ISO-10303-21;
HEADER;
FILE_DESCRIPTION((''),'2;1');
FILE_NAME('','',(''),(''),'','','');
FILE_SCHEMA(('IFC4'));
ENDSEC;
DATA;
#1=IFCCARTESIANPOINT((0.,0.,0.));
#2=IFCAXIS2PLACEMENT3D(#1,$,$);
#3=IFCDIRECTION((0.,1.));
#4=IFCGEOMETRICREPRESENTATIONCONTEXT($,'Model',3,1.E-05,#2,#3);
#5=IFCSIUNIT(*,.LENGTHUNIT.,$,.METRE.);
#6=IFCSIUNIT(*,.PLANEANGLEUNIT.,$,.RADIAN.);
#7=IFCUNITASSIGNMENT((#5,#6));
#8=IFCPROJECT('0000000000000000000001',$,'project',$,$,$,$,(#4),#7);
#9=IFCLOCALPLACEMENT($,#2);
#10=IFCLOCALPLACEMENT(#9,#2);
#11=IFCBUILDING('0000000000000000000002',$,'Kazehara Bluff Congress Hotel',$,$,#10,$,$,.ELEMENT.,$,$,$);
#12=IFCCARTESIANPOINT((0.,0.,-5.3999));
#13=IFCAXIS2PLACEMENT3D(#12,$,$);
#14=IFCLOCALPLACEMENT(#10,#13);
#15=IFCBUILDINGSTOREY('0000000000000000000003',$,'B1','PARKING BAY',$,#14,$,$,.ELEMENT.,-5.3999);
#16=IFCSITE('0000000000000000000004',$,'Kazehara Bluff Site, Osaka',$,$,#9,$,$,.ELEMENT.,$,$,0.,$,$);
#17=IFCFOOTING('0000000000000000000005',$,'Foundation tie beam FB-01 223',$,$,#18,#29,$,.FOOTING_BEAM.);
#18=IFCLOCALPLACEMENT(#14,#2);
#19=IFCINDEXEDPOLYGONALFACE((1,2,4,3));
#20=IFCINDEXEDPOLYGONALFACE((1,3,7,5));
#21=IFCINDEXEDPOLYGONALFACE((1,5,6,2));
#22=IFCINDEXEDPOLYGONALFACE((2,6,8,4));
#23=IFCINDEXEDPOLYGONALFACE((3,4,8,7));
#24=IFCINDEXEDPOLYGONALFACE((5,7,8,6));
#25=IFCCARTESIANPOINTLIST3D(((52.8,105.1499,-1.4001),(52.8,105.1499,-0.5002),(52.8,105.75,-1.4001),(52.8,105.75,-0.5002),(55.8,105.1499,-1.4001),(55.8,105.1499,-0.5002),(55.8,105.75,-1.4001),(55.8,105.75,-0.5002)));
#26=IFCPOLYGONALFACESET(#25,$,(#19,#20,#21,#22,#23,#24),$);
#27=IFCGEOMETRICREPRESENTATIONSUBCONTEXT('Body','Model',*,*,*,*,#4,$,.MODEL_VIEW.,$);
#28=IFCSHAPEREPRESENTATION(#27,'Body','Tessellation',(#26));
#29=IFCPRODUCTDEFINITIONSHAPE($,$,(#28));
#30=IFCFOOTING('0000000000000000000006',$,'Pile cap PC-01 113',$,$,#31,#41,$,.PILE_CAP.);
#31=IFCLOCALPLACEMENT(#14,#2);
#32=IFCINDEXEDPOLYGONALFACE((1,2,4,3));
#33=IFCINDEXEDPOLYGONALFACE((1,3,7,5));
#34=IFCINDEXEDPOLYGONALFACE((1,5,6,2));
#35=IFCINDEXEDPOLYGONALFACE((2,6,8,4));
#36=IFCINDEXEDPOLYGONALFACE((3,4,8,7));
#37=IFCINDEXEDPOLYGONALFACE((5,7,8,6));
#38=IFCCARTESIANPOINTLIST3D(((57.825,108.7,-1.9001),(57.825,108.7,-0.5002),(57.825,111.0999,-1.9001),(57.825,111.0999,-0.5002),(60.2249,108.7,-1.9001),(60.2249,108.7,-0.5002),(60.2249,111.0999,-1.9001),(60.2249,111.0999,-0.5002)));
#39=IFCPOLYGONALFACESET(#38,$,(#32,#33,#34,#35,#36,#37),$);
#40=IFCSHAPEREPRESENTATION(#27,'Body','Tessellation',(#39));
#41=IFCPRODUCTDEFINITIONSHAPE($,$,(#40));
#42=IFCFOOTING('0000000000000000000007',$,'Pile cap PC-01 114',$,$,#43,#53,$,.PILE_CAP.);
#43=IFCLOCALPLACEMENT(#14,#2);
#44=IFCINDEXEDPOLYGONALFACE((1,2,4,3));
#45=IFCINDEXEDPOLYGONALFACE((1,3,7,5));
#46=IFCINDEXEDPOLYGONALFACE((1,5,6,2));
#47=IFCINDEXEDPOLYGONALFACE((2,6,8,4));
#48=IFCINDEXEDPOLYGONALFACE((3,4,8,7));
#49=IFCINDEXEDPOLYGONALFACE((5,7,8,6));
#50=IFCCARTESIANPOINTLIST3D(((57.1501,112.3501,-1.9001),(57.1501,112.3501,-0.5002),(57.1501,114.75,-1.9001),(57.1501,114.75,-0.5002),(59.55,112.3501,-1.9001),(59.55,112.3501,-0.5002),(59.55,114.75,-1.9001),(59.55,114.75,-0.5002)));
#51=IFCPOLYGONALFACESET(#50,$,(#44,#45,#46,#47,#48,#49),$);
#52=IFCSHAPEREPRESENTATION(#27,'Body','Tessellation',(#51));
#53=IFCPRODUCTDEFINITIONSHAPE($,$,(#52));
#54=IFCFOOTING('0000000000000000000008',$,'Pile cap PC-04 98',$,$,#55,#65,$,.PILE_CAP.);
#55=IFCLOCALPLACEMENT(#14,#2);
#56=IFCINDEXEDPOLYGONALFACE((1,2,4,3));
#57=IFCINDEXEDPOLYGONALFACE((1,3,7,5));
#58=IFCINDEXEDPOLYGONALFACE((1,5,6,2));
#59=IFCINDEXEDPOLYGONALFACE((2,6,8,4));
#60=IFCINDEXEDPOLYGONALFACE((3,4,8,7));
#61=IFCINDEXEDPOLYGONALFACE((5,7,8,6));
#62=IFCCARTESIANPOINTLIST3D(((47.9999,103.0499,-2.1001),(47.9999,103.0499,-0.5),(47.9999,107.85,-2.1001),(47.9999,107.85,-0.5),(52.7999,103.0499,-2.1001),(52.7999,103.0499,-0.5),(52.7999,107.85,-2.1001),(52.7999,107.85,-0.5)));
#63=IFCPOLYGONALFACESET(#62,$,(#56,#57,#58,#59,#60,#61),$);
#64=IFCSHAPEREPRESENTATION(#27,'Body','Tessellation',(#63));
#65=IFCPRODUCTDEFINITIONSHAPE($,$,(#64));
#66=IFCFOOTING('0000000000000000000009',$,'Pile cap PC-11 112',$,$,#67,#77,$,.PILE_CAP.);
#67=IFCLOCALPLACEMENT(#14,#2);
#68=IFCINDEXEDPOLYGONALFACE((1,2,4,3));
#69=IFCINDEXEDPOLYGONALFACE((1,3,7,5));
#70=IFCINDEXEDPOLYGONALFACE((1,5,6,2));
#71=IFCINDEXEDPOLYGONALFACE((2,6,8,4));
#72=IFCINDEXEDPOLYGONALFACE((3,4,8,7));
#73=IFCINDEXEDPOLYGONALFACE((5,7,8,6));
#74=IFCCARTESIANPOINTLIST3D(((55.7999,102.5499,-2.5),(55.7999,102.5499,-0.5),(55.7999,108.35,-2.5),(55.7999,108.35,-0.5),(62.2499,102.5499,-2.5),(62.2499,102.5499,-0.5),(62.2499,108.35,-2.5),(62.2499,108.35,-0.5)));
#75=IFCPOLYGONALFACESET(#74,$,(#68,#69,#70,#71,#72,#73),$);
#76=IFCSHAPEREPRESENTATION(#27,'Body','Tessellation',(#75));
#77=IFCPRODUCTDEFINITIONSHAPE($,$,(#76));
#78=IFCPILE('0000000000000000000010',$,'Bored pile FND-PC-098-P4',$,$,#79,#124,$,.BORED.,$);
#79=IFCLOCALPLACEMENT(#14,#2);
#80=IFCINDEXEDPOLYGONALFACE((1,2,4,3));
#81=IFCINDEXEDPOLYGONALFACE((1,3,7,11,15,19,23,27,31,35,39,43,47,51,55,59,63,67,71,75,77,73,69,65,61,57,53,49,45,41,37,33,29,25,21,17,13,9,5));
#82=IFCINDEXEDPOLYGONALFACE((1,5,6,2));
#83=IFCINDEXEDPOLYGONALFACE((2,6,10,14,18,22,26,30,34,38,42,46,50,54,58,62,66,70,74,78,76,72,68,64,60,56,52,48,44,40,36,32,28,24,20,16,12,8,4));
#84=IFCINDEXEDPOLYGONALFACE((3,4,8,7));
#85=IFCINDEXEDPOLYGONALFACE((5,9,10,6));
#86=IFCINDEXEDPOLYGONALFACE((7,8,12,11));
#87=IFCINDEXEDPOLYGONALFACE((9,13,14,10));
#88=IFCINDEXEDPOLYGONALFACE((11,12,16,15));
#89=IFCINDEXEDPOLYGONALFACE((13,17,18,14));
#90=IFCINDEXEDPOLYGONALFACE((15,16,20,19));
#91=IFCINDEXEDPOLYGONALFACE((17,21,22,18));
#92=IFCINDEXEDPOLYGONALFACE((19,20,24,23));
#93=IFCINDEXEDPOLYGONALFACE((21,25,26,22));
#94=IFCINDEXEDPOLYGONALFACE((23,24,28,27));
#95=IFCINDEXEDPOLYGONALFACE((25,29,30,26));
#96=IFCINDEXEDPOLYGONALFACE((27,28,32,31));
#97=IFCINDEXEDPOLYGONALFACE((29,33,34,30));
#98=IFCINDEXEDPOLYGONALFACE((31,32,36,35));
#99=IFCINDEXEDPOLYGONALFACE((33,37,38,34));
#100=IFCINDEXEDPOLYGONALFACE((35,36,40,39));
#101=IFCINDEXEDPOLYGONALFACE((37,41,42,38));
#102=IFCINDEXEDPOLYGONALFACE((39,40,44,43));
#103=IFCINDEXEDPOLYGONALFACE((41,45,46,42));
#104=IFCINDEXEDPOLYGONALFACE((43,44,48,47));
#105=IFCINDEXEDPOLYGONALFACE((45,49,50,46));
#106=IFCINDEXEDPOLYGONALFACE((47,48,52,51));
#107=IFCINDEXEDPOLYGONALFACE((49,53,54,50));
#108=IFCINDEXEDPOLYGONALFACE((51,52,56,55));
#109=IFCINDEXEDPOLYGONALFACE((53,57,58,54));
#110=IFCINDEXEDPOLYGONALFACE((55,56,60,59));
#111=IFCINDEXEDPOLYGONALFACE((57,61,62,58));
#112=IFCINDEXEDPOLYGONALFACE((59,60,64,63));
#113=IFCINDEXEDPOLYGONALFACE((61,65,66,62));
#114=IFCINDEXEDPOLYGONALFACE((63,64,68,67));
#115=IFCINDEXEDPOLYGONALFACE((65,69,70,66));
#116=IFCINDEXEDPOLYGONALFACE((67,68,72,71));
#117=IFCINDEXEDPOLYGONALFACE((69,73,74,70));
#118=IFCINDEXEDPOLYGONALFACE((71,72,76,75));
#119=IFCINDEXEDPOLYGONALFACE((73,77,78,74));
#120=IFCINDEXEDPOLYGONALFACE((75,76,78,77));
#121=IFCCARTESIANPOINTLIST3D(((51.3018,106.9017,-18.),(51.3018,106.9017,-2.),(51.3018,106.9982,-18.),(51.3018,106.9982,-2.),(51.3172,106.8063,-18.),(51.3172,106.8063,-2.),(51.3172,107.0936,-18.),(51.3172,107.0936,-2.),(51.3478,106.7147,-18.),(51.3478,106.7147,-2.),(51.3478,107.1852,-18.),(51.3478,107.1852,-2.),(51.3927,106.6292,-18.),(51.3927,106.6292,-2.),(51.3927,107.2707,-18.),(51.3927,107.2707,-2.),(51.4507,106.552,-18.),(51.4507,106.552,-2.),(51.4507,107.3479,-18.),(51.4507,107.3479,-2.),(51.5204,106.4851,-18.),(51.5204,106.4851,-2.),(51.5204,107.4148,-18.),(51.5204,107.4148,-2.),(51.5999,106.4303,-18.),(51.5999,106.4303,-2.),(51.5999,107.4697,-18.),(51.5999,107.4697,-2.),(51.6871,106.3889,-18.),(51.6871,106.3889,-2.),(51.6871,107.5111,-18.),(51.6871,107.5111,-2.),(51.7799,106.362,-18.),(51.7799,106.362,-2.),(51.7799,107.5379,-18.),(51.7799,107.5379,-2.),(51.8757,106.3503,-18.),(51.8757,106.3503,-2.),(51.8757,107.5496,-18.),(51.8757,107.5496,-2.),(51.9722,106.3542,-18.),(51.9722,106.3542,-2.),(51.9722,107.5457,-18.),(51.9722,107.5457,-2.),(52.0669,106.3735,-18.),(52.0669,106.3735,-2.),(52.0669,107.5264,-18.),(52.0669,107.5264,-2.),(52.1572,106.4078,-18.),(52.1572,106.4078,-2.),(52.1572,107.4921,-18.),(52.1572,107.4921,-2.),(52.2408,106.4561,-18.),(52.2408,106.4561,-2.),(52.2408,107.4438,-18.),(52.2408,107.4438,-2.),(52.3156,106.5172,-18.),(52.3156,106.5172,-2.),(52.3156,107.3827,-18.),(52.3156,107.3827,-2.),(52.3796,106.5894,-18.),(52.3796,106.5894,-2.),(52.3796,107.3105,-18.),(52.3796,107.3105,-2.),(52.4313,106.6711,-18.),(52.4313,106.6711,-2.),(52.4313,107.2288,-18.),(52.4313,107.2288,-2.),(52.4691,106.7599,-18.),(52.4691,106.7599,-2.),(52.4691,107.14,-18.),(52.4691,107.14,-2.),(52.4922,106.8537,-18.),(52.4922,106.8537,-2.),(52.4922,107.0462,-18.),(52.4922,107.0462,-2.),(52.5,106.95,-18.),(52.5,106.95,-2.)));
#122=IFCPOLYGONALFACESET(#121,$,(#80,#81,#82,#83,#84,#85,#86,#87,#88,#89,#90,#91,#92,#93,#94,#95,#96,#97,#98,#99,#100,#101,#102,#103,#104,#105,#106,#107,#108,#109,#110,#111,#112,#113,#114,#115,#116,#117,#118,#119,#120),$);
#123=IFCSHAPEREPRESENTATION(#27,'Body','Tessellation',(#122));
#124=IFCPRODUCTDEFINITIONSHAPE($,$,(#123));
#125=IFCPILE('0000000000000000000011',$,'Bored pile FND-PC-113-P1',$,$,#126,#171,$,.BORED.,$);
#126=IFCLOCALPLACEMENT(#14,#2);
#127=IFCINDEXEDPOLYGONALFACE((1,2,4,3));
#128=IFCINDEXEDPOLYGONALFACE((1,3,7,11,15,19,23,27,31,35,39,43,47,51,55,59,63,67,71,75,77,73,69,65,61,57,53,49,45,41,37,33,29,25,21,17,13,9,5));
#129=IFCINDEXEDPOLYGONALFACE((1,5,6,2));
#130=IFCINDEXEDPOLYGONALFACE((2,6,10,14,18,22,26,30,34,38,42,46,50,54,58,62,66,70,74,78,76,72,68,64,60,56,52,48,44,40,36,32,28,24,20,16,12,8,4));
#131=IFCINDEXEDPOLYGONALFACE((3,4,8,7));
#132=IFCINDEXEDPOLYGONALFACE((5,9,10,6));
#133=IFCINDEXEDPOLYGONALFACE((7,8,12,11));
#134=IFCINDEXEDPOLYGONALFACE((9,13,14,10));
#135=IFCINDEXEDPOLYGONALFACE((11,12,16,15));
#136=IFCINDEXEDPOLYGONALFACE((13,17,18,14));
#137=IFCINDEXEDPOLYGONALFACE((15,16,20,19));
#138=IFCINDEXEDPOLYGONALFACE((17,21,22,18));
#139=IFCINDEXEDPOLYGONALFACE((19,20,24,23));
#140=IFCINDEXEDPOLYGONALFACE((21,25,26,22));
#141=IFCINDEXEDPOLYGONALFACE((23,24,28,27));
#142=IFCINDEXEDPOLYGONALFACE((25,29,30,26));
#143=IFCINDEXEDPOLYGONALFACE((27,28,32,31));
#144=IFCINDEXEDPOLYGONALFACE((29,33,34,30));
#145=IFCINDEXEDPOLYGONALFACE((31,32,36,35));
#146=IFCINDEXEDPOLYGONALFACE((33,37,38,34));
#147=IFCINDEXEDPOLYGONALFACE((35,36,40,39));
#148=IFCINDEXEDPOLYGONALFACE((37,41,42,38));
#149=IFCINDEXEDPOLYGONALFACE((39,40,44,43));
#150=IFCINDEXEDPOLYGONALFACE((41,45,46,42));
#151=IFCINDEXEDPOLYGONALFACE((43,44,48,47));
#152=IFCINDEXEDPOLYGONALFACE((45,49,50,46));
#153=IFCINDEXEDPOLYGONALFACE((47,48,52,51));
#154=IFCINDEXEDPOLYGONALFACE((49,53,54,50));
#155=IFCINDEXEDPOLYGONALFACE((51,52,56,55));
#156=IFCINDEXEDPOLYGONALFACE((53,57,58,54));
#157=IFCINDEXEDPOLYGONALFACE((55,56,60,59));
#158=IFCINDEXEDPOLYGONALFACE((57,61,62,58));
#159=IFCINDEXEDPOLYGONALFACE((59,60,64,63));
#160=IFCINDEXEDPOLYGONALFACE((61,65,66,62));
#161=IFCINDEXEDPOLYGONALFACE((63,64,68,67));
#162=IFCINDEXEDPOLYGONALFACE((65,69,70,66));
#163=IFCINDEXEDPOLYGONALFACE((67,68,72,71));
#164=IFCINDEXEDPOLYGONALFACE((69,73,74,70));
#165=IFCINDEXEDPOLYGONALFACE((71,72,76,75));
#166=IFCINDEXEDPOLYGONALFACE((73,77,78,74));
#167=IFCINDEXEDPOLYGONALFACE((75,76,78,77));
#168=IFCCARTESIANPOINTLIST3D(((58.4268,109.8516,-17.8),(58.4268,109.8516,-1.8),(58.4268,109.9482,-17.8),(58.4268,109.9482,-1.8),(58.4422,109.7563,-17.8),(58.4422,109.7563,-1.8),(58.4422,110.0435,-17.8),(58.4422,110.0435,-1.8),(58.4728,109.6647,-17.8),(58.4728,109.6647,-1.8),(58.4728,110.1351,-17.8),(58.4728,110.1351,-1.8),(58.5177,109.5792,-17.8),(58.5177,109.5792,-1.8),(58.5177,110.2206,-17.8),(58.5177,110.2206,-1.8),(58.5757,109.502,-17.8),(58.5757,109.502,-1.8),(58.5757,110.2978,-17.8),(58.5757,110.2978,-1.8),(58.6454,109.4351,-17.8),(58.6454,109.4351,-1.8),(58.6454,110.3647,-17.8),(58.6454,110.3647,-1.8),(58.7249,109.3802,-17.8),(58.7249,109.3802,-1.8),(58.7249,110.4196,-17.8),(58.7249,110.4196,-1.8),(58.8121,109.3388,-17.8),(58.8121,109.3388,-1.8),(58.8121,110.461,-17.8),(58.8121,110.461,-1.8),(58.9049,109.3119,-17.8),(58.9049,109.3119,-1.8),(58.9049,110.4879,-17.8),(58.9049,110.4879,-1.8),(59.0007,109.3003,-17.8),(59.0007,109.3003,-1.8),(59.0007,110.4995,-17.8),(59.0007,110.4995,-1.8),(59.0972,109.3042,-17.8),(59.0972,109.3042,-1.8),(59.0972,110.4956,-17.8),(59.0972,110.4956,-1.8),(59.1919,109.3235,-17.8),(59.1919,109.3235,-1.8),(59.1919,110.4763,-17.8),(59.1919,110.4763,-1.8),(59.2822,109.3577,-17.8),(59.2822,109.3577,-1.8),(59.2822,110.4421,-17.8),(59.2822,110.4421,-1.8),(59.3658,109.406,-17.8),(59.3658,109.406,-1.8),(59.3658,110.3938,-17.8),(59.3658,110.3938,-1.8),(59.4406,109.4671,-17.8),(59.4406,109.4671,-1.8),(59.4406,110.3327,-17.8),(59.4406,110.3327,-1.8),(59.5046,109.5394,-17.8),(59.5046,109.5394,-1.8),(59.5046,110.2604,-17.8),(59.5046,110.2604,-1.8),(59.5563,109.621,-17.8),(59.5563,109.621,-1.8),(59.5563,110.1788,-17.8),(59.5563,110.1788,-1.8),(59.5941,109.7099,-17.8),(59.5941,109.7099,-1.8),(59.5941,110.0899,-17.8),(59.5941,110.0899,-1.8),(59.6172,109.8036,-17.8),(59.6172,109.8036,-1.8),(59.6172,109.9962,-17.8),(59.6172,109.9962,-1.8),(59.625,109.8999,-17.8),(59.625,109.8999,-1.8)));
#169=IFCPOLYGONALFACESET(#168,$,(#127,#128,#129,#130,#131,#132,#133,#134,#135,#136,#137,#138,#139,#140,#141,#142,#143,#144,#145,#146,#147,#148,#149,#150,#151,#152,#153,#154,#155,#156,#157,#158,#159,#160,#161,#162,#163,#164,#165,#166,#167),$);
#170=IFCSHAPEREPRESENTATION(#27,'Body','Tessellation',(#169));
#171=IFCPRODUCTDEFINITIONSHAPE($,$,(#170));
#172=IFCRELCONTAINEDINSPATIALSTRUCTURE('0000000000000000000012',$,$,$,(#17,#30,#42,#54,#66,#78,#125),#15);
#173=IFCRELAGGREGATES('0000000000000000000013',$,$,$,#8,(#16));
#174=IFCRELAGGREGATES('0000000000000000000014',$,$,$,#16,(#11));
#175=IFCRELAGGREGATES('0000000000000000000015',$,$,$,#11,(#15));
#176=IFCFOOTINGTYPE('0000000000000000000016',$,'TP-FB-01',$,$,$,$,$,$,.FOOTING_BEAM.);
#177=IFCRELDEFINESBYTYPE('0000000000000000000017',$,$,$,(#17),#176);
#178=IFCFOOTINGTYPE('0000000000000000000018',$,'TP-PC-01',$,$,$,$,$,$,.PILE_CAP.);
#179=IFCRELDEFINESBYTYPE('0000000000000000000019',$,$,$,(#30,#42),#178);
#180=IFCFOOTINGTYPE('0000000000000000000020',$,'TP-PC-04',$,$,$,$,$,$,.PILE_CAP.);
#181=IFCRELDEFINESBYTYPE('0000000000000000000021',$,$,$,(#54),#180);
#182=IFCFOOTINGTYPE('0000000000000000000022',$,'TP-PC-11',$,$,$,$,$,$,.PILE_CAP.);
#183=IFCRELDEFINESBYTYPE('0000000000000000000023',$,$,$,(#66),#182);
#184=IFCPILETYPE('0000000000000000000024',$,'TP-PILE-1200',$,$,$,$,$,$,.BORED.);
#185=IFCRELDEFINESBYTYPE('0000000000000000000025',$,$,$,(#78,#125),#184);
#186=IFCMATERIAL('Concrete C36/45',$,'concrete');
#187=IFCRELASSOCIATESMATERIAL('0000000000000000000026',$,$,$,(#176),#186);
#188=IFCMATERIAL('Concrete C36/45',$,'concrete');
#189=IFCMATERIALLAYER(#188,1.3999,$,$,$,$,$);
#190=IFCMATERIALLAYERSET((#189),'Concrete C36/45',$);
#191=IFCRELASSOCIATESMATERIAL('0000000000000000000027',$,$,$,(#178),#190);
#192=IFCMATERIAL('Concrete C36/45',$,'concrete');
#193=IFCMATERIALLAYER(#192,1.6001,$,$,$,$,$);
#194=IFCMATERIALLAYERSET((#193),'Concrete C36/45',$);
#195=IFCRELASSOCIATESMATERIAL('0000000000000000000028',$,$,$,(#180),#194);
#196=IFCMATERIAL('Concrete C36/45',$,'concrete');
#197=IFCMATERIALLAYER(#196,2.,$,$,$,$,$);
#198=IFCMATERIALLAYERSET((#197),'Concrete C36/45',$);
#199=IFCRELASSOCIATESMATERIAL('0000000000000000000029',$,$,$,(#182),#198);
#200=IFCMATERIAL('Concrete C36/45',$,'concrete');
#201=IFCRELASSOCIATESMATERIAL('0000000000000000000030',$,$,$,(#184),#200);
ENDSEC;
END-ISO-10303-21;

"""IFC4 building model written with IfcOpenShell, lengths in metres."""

from ifc_helpers import new_model, si_unit, direction, frame, origin, origin_2d, place, context, subcontext, project, spatial, rectangle, circle, extrude, material, layer, layer_set, material_profile, profile_set, type_object, element, save


model = new_model("IFC4")

# Units and contexts
model_context = context("Model", 3, precision=1e-05, world=origin(), true_north=direction((0.0, 1.0)))
body_context = subcontext(model_context, "Body", "Model", "MODEL_VIEW")
ifc_project = project(units=[si_unit("LENGTHUNIT", "METRE"), si_unit("PLANEANGLEUNIT", "RADIAN")], contexts=[model_context])

# Site, building, storey
site_placement = place(None, origin())
site = spatial("IfcSite", under=ifc_project, at=site_placement, Name="Kazehara Bluff Site, Osaka", CompositionType="ELEMENT", RefElevation=0.0)
building_placement = place(site_placement, origin())
building = spatial("IfcBuilding", under=site, at=building_placement, Name="Kazehara Bluff Congress Hotel", CompositionType="ELEMENT")
storey_placement = place(building_placement, frame((0.0, 0.0, -5.3999)))
storey = spatial("IfcBuildingStorey", under=building, at=storey_placement, Name="B1", Description="PARKING BAY", CompositionType="ELEMENT", Elevation=-5.3999)

# Footings
ifc_material_1 = material(Name="Concrete C36/45", Category="concrete")
ifc_material_profile_1 = material_profile(ifc_material_1, rectangle(XDim=0.6001, YDim=0.8999, at=origin_2d()))
ifc_profile_set_1 = profile_set([ifc_material_profile_1], Name="Concrete C36/45")
footing_type_1 = type_object("IfcFootingType", Name="TP-FB-01", PredefinedType="FOOTING_BEAM", material=ifc_profile_set_1)
footing_1_placement = place(storey_placement, frame((52.8, 105.45, -0.9502), z_axis=(1.0, 0.0, 0.0), x_axis=(0.0, 1.0, 0.0)))
element("IfcFooting", 1, at=footing_1_placement, inside=storey, type_object=footing_type_1, Name="Foundation tie beam FB-01 223", PredefinedType="FOOTING_BEAM", context=body_context, shape_type="SweptSolid", body=[
    extrude(rectangle(XDim=0.6001, YDim=0.8999, at=origin_2d()), origin(), (0.0, 0.0, 1.0), 3.0),
])
ifc_material_2 = material(Name="Concrete C36/45", Category="concrete")
ifc_layer_1 = layer(ifc_material_2, 1.3999)
ifc_layer_set_1 = layer_set([ifc_layer_1], Name="Concrete C36/45")
footing_type_2 = type_object("IfcFootingType", Name="TP-PC-01", PredefinedType="PILE_CAP", material=ifc_layer_set_1)
for number, where, z_axis, x_axis, name in (
    (2, (59.0249, 109.8999, -1.9001), (0.0, 0.0, 1.0), (1.0, 0.0, 0.0), "Pile cap PC-01 113"),
    (3, (58.3501, 113.55, -1.9001), (0.0, 0.0, 1.0), (1.0, 0.0, 0.0), "Pile cap PC-01 114"),
):
    element("IfcFooting", number, at=place(storey_placement, frame(where, z_axis=z_axis, x_axis=x_axis)), inside=storey, type_object=footing_type_2, Name=name, PredefinedType="PILE_CAP", context=body_context, shape_type="SweptSolid", body=[
        extrude(rectangle(XDim=2.3999, YDim=2.3999, at=origin_2d()), origin(), (0.0, 0.0, 1.0), 1.3999),
    ])
ifc_material_3 = material(Name="Concrete C36/45", Category="concrete")
ifc_layer_2 = layer(ifc_material_3, 1.6001)
ifc_layer_set_2 = layer_set([ifc_layer_2], Name="Concrete C36/45")
footing_type_3 = type_object("IfcFootingType", Name="TP-PC-04", PredefinedType="PILE_CAP", material=ifc_layer_set_2)
footing_2_placement = place(storey_placement, frame((50.3999, 105.45, -2.1001), z_axis=(0.0, 0.0, 1.0), x_axis=(1.0, 0.0, 0.0)))
element("IfcFooting", 4, at=footing_2_placement, inside=storey, type_object=footing_type_3, Name="Pile cap PC-04 98", PredefinedType="PILE_CAP", context=body_context, shape_type="SweptSolid", body=[
    extrude(rectangle(XDim=4.8, YDim=4.8, at=origin_2d()), origin(), (0.0, 0.0, 1.0), 1.6001),
])
ifc_material_4 = material(Name="Concrete C36/45", Category="concrete")
ifc_layer_3 = layer(ifc_material_4, 2.0)
ifc_layer_set_3 = layer_set([ifc_layer_3], Name="Concrete C36/45")
footing_type_4 = type_object("IfcFootingType", Name="TP-PC-11", PredefinedType="PILE_CAP", material=ifc_layer_set_3)
footing_3_placement = place(storey_placement, frame((59.0249, 105.45, -2.5), z_axis=(0.0, 0.0, 1.0), x_axis=(1.0, 0.0, 0.0)))
element("IfcFooting", 5, at=footing_3_placement, inside=storey, type_object=footing_type_4, Name="Pile cap PC-11 112", PredefinedType="PILE_CAP", context=body_context, shape_type="SweptSolid", body=[
    extrude(rectangle(XDim=6.45, YDim=5.8, at=origin_2d()), origin(), (0.0, 0.0, 1.0), 2.0),
])

# Piles
ifc_material_5 = material(Name="Concrete C36/45", Category="concrete")
ifc_material_profile_2 = material_profile(ifc_material_5, circle(Radius=0.6001, at=origin_2d()))
ifc_profile_set_2 = profile_set([ifc_material_profile_2], Name="Concrete C36/45")
pile_type_1 = type_object("IfcPileType", Name="TP-PILE-1200", PredefinedType="BORED", material=ifc_profile_set_2)
for number, where, z_axis, x_axis, name in (
    (6, (51.8999, 106.95, -2.0), (0.0, 0.0, -1.0), (1.0, 0.0, 0.0), "Bored pile FND-PC-098-P4"),
    (7, (59.0249, 109.8999, -1.8), (0.0, 0.0, -1.0), (1.0, 0.0, 0.0), "Bored pile FND-PC-113-P1"),
):
    element("IfcPile", number, at=place(storey_placement, frame(where, z_axis=z_axis, x_axis=x_axis)), inside=storey, type_object=pile_type_1, Name=name, PredefinedType="BORED", context=body_context, shape_type="SweptSolid", body=[
        extrude(circle(Radius=0.6001, at=origin_2d()), origin(), (0.0, 0.0, 1.0), 16.0),
    ])

save(model, "model.ifc")
